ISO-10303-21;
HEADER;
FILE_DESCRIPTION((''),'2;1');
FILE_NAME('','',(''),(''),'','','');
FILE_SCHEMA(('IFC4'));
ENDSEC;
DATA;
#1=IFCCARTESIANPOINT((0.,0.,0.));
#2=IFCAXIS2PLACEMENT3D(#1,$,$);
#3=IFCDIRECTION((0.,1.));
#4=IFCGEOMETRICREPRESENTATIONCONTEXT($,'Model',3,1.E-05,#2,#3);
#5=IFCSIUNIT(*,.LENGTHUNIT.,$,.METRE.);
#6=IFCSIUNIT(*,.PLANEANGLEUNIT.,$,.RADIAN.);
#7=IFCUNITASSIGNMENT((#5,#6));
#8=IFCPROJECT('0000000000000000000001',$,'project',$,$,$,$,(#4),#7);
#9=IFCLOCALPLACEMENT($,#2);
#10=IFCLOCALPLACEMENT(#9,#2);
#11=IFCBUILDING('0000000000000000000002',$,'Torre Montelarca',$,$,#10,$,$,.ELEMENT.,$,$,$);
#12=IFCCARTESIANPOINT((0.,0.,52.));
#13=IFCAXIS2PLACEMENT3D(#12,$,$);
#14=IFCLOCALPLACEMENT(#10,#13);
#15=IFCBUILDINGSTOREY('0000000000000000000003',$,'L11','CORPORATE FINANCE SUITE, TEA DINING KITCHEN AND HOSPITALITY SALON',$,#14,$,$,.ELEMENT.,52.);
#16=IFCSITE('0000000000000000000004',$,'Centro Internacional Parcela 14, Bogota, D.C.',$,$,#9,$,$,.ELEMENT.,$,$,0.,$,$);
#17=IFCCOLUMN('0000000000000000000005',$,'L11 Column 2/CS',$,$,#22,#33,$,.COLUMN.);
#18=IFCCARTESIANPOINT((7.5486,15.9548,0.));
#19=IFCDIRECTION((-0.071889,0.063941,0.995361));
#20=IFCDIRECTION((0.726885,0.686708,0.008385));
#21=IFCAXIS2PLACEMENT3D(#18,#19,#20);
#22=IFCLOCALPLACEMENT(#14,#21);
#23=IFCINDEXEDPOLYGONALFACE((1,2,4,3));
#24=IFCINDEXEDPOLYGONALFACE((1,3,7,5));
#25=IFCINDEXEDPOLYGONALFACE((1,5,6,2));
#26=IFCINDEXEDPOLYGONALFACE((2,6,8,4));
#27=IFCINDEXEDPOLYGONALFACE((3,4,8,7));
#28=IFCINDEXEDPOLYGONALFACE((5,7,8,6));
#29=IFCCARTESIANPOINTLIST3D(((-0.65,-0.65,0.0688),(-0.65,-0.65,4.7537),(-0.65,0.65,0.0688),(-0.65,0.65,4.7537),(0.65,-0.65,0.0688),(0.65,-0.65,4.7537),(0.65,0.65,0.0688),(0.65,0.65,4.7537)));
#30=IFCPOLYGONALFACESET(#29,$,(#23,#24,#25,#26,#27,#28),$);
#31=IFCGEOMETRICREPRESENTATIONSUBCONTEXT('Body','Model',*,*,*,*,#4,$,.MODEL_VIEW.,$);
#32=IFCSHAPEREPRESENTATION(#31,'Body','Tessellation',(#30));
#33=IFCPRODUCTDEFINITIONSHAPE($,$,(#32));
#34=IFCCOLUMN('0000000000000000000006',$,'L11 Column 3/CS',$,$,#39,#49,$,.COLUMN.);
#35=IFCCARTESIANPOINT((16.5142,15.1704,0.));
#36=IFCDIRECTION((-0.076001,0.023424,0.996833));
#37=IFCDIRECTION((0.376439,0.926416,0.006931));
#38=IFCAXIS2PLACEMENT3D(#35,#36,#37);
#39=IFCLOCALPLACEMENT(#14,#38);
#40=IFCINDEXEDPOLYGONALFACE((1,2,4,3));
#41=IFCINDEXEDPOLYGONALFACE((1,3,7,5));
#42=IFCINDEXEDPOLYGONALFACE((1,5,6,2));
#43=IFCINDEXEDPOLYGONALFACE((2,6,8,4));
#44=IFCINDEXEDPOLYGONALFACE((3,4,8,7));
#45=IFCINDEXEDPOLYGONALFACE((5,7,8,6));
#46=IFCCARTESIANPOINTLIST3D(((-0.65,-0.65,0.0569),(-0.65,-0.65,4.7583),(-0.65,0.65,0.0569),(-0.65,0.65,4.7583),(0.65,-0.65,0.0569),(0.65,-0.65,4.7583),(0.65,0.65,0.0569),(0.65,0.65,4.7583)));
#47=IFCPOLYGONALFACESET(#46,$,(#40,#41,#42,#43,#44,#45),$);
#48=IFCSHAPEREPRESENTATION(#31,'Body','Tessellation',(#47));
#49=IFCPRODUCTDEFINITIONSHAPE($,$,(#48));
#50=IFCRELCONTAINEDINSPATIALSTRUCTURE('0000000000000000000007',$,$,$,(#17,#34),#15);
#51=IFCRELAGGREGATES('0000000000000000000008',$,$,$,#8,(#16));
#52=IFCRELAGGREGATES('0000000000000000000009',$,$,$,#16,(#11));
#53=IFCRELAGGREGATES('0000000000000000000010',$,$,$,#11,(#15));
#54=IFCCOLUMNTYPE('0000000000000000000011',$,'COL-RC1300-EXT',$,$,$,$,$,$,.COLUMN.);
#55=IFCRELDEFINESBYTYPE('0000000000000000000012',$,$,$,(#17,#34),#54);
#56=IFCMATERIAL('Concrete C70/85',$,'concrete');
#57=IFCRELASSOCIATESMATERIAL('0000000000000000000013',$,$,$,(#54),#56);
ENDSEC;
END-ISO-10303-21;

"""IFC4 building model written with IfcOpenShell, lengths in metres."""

from ifc_helpers import new_model, si_unit, direction, frame, origin, origin_2d, place, context, subcontext, project, spatial, rectangle, extrude, clip, halfspace, material, material_profile, profile_set, type_object, element, save


model = new_model("IFC4")

# Units and contexts
model_context = context("Model", 3, precision=1e-05, world=origin(), true_north=direction((0.0, 1.0)))
body_context = subcontext(model_context, "Body", "Model", "MODEL_VIEW")
ifc_project = project(units=[si_unit("LENGTHUNIT", "METRE"), si_unit("PLANEANGLEUNIT", "RADIAN")], contexts=[model_context])

# Site, building, storey
site_placement = place(None, origin())
site = spatial("IfcSite", under=ifc_project, at=site_placement, Name="Centro Internacional Parcela 14, Bogota, D.C.", CompositionType="ELEMENT", RefElevation=0.0)
building_placement = place(site_placement, origin())
building = spatial("IfcBuilding", under=site, at=building_placement, Name="Torre Montelarca", CompositionType="ELEMENT")
storey_placement = place(building_placement, frame((0.0, 0.0, 52.0)))
storey = spatial("IfcBuildingStorey", under=building, at=storey_placement, Name="L11", Description="CORPORATE FINANCE SUITE, TEA DINING KITCHEN AND HOSPITALITY SALON", CompositionType="ELEMENT", Elevation=52.0)

# Columns
ifc_material_1 = material(Name="Concrete C70/85", Category="concrete")
ifc_material_profile_1 = material_profile(ifc_material_1, rectangle(XDim=1.3, YDim=1.3, at=origin_2d()), Name="RC1300X1300", Category="concrete")
ifc_profile_set_1 = profile_set([ifc_material_profile_1], Name="Concrete C70/85")
column_type = type_object("IfcColumnType", Name="COL-RC1300-EXT", PredefinedType="COLUMN", material=ifc_profile_set_1)
column_1_placement = place(storey_placement, frame((7.5486, 15.9548, 0.0), z_axis=(-0.071889, 0.063941, 0.995361), x_axis=(0.726885, 0.686708, 0.008385)))
element("IfcColumn", 1, at=column_1_placement, inside=storey, type_object=column_type, Name="L11 Column 2/CS", PredefinedType="COLUMN", context=body_context, shape_type="Clipping", body=[
    clip(clip(extrude(rectangle(XDim=1.3, YDim=1.3, at=origin_2d()), origin(), (0.0, 0.0, 1.0), 4.8225), halfspace(frame((0.0, 0.0, 0.0688), z_axis=(0.0, 0.0, -1.0), x_axis=(1.0, 0.0, 0.0)), False)), halfspace(frame((0.0, 0.0, 4.7537), z_axis=(0.0, 0.0, 1.0), x_axis=(1.0, 0.0, 0.0)), False)),
])
column_2_placement = place(storey_placement, frame((16.5142, 15.1704, 0.0), z_axis=(-0.076001, 0.023424, 0.996833), x_axis=(0.376439, 0.926416, 0.006931)))
element("IfcColumn", 2, at=column_2_placement, inside=storey, type_object=column_type, Name="L11 Column 3/CS", PredefinedType="COLUMN", context=body_context, shape_type="Clipping", body=[
    clip(clip(extrude(rectangle(XDim=1.3, YDim=1.3, at=origin_2d()), origin(), (0.0, 0.0, 1.0), 4.8152), halfspace(frame((0.0, 0.0, 0.0569), z_axis=(0.0, 0.0, -1.0), x_axis=(1.0, 0.0, 0.0)), False)), halfspace(frame((0.0, 0.0, 4.7583), z_axis=(0.0, 0.0, 1.0), x_axis=(1.0, 0.0, 0.0)), False)),
])

save(model, "model.ifc")
